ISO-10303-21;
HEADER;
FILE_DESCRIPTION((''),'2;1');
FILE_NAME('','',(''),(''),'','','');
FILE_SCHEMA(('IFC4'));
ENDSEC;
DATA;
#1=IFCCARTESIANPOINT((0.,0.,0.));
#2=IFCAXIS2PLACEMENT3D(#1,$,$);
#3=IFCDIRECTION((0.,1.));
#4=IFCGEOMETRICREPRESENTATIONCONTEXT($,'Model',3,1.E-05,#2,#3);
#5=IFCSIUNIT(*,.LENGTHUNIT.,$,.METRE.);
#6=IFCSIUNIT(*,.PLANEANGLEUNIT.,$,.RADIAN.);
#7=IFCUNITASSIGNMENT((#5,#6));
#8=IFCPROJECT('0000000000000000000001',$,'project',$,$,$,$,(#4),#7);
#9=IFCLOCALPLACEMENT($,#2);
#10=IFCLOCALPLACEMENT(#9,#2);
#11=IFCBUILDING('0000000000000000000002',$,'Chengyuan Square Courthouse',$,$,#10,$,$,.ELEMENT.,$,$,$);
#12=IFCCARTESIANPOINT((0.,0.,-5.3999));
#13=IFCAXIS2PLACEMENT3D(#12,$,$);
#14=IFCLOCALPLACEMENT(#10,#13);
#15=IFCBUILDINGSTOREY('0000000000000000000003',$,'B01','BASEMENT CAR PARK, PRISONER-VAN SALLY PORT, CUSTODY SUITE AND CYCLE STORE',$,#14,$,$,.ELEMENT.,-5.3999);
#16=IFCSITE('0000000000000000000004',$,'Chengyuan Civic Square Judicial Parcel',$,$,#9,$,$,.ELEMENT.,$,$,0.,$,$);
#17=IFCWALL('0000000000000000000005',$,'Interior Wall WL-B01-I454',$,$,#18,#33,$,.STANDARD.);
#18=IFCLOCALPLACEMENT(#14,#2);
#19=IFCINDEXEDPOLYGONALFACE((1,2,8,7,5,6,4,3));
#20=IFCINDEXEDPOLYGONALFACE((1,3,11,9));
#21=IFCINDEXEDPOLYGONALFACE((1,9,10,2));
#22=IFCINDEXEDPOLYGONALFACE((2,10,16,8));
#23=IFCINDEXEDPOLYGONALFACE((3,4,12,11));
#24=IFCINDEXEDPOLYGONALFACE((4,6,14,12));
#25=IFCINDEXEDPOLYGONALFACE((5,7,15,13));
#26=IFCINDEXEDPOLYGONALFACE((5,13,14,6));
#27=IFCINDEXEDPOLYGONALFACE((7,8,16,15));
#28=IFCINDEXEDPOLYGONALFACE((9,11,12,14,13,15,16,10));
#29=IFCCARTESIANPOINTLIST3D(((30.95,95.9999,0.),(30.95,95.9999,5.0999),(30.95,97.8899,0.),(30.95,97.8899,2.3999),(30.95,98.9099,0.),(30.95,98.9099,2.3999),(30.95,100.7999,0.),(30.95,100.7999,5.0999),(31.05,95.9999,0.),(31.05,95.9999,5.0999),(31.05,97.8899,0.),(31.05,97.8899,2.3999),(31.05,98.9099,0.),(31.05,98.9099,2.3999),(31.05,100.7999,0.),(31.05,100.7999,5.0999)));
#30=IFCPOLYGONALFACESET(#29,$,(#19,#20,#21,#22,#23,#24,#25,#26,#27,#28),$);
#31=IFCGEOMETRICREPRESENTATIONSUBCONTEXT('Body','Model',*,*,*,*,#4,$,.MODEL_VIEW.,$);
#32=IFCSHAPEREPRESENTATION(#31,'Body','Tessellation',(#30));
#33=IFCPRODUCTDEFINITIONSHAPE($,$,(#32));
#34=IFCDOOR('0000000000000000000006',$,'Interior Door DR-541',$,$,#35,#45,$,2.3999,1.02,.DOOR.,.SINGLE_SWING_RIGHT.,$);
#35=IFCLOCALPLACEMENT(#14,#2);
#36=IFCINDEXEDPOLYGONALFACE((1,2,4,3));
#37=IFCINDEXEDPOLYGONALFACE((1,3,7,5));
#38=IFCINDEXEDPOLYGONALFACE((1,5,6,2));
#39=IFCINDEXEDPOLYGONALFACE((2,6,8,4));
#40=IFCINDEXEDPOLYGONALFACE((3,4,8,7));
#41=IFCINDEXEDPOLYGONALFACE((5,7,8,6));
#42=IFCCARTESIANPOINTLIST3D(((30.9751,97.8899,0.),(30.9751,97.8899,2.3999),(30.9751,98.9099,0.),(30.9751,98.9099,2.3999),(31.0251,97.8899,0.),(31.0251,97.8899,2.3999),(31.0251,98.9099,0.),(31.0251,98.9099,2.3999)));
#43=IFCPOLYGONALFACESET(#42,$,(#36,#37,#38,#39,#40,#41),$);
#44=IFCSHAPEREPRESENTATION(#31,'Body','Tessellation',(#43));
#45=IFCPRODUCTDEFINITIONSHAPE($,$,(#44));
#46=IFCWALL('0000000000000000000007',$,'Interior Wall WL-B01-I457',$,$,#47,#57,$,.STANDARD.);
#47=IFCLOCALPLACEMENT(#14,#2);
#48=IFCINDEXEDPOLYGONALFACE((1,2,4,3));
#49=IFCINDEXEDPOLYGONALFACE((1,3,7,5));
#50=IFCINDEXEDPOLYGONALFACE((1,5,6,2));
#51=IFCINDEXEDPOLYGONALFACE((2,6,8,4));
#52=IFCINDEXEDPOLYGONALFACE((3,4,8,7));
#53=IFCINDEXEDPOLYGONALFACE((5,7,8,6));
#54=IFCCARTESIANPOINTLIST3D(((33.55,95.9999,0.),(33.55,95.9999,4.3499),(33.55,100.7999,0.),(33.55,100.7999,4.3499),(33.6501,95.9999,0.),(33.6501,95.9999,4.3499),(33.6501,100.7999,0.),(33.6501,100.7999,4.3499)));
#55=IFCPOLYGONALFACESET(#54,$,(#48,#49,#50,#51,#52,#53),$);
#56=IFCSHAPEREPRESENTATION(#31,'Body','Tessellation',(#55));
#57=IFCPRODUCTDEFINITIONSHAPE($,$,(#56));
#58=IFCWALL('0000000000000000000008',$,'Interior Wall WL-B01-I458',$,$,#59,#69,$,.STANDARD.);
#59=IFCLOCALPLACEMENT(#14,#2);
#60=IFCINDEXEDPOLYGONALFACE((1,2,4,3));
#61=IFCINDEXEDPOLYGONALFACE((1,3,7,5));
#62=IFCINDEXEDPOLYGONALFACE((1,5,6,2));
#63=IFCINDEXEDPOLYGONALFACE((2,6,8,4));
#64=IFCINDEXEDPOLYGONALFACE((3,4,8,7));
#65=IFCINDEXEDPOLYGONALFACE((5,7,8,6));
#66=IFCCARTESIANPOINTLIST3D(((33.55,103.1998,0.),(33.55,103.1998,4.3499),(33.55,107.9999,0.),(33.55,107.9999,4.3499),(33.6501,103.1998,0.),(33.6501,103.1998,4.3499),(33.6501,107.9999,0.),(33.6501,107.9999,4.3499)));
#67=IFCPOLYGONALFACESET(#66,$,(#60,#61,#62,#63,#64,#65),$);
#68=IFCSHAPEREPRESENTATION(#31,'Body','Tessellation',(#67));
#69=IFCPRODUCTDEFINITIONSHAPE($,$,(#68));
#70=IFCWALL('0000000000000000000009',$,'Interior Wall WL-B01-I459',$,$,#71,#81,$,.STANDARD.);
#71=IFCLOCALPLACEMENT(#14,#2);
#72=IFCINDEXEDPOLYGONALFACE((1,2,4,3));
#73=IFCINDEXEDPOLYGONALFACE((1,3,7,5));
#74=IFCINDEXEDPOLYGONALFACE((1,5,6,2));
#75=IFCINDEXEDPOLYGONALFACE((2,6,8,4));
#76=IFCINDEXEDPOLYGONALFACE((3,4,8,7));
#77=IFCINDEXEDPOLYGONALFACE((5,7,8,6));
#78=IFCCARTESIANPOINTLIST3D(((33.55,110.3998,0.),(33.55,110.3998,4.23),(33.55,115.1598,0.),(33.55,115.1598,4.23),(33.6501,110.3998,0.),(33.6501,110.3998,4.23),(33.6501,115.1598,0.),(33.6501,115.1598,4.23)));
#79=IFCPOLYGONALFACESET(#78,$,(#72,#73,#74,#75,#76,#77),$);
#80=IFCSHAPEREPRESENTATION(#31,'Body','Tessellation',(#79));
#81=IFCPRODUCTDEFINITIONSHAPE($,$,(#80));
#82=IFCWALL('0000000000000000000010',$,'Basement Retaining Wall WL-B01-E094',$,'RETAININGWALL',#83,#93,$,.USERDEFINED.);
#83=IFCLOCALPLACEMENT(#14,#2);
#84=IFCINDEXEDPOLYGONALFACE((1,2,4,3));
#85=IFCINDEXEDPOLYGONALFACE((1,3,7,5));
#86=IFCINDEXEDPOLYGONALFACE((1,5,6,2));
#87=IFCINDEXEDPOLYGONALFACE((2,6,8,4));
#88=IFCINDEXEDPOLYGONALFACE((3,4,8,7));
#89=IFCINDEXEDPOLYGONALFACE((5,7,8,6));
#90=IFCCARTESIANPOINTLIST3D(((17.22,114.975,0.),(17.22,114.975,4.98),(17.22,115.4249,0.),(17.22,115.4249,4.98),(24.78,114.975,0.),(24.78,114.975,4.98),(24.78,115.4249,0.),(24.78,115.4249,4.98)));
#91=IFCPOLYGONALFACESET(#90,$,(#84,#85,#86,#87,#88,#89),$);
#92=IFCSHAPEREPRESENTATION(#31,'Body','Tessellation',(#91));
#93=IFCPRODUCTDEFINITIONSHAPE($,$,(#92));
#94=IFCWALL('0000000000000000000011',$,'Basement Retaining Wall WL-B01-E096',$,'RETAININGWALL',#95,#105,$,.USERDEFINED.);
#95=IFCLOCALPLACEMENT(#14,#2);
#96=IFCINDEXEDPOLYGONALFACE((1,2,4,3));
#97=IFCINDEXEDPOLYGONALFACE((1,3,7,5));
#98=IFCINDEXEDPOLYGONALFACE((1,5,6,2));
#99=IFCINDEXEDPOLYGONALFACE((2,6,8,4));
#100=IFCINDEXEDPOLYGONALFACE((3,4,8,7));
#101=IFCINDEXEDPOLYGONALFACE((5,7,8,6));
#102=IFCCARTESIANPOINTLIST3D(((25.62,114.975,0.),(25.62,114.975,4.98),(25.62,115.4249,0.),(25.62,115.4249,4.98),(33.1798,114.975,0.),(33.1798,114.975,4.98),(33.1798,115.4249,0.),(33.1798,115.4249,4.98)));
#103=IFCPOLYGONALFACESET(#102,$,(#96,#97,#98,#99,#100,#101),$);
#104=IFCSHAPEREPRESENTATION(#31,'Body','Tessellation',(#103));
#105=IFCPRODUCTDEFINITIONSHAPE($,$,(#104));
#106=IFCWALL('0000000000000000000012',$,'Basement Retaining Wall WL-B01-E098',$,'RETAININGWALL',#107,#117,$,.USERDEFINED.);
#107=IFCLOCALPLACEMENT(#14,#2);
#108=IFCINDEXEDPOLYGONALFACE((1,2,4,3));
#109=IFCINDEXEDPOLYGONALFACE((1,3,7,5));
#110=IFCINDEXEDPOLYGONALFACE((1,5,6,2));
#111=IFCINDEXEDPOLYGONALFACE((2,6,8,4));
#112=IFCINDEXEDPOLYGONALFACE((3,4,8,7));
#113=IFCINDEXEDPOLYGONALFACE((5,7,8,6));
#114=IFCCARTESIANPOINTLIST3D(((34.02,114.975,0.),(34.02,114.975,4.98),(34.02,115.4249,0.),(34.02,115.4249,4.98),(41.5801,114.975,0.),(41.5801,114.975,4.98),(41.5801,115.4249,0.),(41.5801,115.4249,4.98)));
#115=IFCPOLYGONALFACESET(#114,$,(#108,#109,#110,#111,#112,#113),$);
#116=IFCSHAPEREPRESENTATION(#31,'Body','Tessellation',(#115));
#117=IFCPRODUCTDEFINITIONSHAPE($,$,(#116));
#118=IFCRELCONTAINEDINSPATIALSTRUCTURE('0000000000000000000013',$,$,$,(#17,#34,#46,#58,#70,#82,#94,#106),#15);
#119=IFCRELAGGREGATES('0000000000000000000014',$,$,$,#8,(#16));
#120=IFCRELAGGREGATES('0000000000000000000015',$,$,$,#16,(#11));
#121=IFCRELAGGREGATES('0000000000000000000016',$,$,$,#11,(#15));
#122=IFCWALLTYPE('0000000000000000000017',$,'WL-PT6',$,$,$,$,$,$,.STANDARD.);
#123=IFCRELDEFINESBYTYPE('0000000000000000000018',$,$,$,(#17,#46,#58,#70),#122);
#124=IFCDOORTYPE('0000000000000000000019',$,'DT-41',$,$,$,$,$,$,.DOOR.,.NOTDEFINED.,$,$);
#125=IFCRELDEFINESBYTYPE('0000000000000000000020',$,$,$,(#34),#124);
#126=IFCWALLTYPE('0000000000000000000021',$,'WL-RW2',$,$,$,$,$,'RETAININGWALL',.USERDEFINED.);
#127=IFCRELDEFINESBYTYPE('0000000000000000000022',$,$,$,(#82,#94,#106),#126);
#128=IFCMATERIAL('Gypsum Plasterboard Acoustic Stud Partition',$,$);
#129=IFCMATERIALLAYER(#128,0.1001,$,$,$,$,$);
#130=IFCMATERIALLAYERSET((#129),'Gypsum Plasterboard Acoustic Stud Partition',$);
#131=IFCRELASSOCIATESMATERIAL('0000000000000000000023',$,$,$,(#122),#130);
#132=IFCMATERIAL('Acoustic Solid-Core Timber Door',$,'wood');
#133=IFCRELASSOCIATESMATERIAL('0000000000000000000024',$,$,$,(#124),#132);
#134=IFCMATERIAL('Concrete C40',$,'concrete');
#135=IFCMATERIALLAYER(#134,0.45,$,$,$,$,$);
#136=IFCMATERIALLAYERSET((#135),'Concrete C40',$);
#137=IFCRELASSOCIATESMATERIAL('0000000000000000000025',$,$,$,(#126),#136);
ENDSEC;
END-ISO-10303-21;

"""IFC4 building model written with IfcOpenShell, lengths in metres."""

from ifc_helpers import new_model, si_unit, direction, frame, frame_2d, origin, place, context, subcontext, project, spatial, rectangle, extrude, material, layer, layer_set, type_object, element, fill, save


model = new_model("IFC4")

# Units and contexts
model_context = context("Model", 3, precision=1e-05, world=origin(), true_north=direction((0.0, 1.0)))
body_context = subcontext(model_context, "Body", "Model", "MODEL_VIEW")
ifc_project = project(units=[si_unit("LENGTHUNIT", "METRE"), si_unit("PLANEANGLEUNIT", "RADIAN")], contexts=[model_context])

# Site, building, storey
site_placement = place(None, origin())
site = spatial("IfcSite", under=ifc_project, at=site_placement, Name="Chengyuan Civic Square Judicial Parcel", CompositionType="ELEMENT", RefElevation=0.0)
building_placement = place(site_placement, origin())
building = spatial("IfcBuilding", under=site, at=building_placement, Name="Chengyuan Square Courthouse", CompositionType="ELEMENT")
storey_placement = place(building_placement, frame((0.0, 0.0, -5.3999)))
storey = spatial("IfcBuildingStorey", under=building, at=storey_placement, Name="B01", Description="BASEMENT CAR PARK, PRISONER-VAN SALLY PORT, CUSTODY SUITE AND CYCLE STORE", CompositionType="ELEMENT", Elevation=-5.3999)

# Shared definitions
ifc_material_1 = material(Name="Concrete C40", Category="concrete")

# Shared definitions
ifc_material_2 = material(Name="Gypsum Plasterboard Acoustic Stud Partition")
ifc_layer_1 = layer(ifc_material_2, 0.1001)
ifc_layer_set_1 = layer_set([ifc_layer_1], Name="Gypsum Plasterboard Acoustic Stud Partition")
wall_type_1 = type_object("IfcWallType", Name="WL-PT6", PredefinedType="STANDARD", material=ifc_layer_set_1)

# Wall, opening, door
ifc_material_3 = material(Name="Acoustic Solid-Core Timber Door", Category="wood")
wall_1_placement = place(storey_placement, frame((31.0, 96.0, 0.0), z_axis=(0.0, 0.0, 1.0), x_axis=(0.0, 1.0, 0.0)))
wall_1 = element("IfcWall", 1, at=wall_1_placement, inside=storey, type_object=wall_type_1, Name="Interior Wall WL-B01-I454", PredefinedType="STANDARD", context=body_context, shape_type="SweptSolid", body=[
    extrude(rectangle(XDim=4.8, YDim=0.1001, at=frame_2d((2.3999, 0.0))), origin(), (0.0, 0.0, 1.0), 5.0999),
])
opening_1_placement = place(wall_1_placement, frame((1.8899, 0.0, 0.0)))
opening_1 = element("IfcOpeningElement", 2, at=opening_1_placement, cuts=wall_1, PredefinedType="OPENING", context=body_context, shape_type="SweptSolid", body=[
    extrude(rectangle(XDim=1.02, YDim=2.3999, at=frame_2d((0.51, 1.2))), frame((0.0, 0.062, 0.0), z_axis=(0.0, -1.0, 0.0), x_axis=(1.0, 0.0, 0.0)), (0.0, 0.0, 1.0), 0.124),
])
door_type_1 = type_object("IfcDoorType", Name="DT-41", OperationType="NOTDEFINED", PredefinedType="DOOR", material=ifc_material_3)
door_1_placement = place(opening_1_placement, origin())
door_1 = element("IfcDoor", 3, at=door_1_placement, inside=storey, type_object=door_type_1, Name="Interior Door DR-541", OperationType="SINGLE_SWING_RIGHT", OverallHeight=2.3999, OverallWidth=1.02, PredefinedType="DOOR", context=body_context, shape_type="SweptSolid", body=[
    extrude(rectangle(XDim=1.02, YDim=2.3999, at=frame_2d((0.51, 1.2))), frame((0.0, 0.0249, 0.0), z_axis=(0.0, -1.0, 0.0), x_axis=(1.0, 0.0, 0.0)), (0.0, 0.0, 1.0), 0.05),
])
fill(opening_1, door_1)

# Walls
for number, where, z_axis, x_axis, name in (
    (4, (33.6001, 96.0, 0.0), (0.0, 0.0, 1.0), (0.0, 1.0, 0.0), "Interior Wall WL-B01-I457"),
    (5, (33.6001, 103.2, 0.0), (0.0, 0.0, 1.0), (0.0, 1.0, 0.0), "Interior Wall WL-B01-I458"),
):
    element("IfcWall", number, at=place(storey_placement, frame(where, z_axis=z_axis, x_axis=x_axis)), inside=storey, type_object=wall_type_1, Name=name, PredefinedType="STANDARD", context=body_context, shape_type="SweptSolid", body=[
        extrude(rectangle(XDim=4.8, YDim=0.1001, at=frame_2d((2.3999, 0.0))), origin(), (0.0, 0.0, 1.0), 4.3499),
    ])
wall_2_placement = place(storey_placement, frame((33.6001, 110.3999, 0.0), z_axis=(0.0, 0.0, 1.0), x_axis=(0.0, 1.0, 0.0)))
element("IfcWall", 6, at=wall_2_placement, inside=storey, type_object=wall_type_1, Name="Interior Wall WL-B01-I459", PredefinedType="STANDARD", context=body_context, shape_type="SweptSolid", body=[
    extrude(rectangle(XDim=4.76, YDim=0.1001, at=frame_2d((2.3799, 0.0))), origin(), (0.0, 0.0, 1.0), 4.23),
])
ifc_layer_2 = layer(ifc_material_1, 0.45)
ifc_layer_set_2 = layer_set([ifc_layer_2], Name="Concrete C40")
wall_type_2 = type_object("IfcWallType", Name="WL-RW2", ElementType="RETAININGWALL", PredefinedType="USERDEFINED", material=ifc_layer_set_2)
wall_3_placement = place(storey_placement, frame((17.22, 115.2, 0.0), z_axis=(0.0, 0.0, 1.0), x_axis=(1.0, 0.0, 0.0)))
element("IfcWall", 7, at=wall_3_placement, inside=storey, type_object=wall_type_2, Name="Basement Retaining Wall WL-B01-E094", ObjectType="RETAININGWALL", PredefinedType="USERDEFINED", context=body_context, shape_type="SweptSolid", body=[
    extrude(rectangle(XDim=7.5601, YDim=0.45, at=frame_2d((3.78, 0.0))), origin(), (0.0, 0.0, 1.0), 4.98),
])
wall_4_placement = place(storey_placement, frame((25.6201, 115.2, 0.0), z_axis=(0.0, 0.0, 1.0), x_axis=(1.0, 0.0, 0.0)))
element("IfcWall", 8, at=wall_4_placement, inside=storey, type_object=wall_type_2, Name="Basement Retaining Wall WL-B01-E096", ObjectType="RETAININGWALL", PredefinedType="USERDEFINED", context=body_context, shape_type="SweptSolid", body=[
    extrude(rectangle(XDim=7.5598, YDim=0.45, at=frame_2d((3.7798, 0.0))), origin(), (0.0, 0.0, 1.0), 4.98),
])
wall_5_placement = place(storey_placement, frame((34.02, 115.2, 0.0), z_axis=(0.0, 0.0, 1.0), x_axis=(1.0, 0.0, 0.0)))
element("IfcWall", 9, at=wall_5_placement, inside=storey, type_object=wall_type_2, Name="Basement Retaining Wall WL-B01-E098", ObjectType="RETAININGWALL", PredefinedType="USERDEFINED", context=body_context, shape_type="SweptSolid", body=[
    extrude(rectangle(XDim=7.5601, YDim=0.45, at=frame_2d((3.78, 0.0))), origin(), (0.0, 0.0, 1.0), 4.98),
])

save(model, "model.ifc")
